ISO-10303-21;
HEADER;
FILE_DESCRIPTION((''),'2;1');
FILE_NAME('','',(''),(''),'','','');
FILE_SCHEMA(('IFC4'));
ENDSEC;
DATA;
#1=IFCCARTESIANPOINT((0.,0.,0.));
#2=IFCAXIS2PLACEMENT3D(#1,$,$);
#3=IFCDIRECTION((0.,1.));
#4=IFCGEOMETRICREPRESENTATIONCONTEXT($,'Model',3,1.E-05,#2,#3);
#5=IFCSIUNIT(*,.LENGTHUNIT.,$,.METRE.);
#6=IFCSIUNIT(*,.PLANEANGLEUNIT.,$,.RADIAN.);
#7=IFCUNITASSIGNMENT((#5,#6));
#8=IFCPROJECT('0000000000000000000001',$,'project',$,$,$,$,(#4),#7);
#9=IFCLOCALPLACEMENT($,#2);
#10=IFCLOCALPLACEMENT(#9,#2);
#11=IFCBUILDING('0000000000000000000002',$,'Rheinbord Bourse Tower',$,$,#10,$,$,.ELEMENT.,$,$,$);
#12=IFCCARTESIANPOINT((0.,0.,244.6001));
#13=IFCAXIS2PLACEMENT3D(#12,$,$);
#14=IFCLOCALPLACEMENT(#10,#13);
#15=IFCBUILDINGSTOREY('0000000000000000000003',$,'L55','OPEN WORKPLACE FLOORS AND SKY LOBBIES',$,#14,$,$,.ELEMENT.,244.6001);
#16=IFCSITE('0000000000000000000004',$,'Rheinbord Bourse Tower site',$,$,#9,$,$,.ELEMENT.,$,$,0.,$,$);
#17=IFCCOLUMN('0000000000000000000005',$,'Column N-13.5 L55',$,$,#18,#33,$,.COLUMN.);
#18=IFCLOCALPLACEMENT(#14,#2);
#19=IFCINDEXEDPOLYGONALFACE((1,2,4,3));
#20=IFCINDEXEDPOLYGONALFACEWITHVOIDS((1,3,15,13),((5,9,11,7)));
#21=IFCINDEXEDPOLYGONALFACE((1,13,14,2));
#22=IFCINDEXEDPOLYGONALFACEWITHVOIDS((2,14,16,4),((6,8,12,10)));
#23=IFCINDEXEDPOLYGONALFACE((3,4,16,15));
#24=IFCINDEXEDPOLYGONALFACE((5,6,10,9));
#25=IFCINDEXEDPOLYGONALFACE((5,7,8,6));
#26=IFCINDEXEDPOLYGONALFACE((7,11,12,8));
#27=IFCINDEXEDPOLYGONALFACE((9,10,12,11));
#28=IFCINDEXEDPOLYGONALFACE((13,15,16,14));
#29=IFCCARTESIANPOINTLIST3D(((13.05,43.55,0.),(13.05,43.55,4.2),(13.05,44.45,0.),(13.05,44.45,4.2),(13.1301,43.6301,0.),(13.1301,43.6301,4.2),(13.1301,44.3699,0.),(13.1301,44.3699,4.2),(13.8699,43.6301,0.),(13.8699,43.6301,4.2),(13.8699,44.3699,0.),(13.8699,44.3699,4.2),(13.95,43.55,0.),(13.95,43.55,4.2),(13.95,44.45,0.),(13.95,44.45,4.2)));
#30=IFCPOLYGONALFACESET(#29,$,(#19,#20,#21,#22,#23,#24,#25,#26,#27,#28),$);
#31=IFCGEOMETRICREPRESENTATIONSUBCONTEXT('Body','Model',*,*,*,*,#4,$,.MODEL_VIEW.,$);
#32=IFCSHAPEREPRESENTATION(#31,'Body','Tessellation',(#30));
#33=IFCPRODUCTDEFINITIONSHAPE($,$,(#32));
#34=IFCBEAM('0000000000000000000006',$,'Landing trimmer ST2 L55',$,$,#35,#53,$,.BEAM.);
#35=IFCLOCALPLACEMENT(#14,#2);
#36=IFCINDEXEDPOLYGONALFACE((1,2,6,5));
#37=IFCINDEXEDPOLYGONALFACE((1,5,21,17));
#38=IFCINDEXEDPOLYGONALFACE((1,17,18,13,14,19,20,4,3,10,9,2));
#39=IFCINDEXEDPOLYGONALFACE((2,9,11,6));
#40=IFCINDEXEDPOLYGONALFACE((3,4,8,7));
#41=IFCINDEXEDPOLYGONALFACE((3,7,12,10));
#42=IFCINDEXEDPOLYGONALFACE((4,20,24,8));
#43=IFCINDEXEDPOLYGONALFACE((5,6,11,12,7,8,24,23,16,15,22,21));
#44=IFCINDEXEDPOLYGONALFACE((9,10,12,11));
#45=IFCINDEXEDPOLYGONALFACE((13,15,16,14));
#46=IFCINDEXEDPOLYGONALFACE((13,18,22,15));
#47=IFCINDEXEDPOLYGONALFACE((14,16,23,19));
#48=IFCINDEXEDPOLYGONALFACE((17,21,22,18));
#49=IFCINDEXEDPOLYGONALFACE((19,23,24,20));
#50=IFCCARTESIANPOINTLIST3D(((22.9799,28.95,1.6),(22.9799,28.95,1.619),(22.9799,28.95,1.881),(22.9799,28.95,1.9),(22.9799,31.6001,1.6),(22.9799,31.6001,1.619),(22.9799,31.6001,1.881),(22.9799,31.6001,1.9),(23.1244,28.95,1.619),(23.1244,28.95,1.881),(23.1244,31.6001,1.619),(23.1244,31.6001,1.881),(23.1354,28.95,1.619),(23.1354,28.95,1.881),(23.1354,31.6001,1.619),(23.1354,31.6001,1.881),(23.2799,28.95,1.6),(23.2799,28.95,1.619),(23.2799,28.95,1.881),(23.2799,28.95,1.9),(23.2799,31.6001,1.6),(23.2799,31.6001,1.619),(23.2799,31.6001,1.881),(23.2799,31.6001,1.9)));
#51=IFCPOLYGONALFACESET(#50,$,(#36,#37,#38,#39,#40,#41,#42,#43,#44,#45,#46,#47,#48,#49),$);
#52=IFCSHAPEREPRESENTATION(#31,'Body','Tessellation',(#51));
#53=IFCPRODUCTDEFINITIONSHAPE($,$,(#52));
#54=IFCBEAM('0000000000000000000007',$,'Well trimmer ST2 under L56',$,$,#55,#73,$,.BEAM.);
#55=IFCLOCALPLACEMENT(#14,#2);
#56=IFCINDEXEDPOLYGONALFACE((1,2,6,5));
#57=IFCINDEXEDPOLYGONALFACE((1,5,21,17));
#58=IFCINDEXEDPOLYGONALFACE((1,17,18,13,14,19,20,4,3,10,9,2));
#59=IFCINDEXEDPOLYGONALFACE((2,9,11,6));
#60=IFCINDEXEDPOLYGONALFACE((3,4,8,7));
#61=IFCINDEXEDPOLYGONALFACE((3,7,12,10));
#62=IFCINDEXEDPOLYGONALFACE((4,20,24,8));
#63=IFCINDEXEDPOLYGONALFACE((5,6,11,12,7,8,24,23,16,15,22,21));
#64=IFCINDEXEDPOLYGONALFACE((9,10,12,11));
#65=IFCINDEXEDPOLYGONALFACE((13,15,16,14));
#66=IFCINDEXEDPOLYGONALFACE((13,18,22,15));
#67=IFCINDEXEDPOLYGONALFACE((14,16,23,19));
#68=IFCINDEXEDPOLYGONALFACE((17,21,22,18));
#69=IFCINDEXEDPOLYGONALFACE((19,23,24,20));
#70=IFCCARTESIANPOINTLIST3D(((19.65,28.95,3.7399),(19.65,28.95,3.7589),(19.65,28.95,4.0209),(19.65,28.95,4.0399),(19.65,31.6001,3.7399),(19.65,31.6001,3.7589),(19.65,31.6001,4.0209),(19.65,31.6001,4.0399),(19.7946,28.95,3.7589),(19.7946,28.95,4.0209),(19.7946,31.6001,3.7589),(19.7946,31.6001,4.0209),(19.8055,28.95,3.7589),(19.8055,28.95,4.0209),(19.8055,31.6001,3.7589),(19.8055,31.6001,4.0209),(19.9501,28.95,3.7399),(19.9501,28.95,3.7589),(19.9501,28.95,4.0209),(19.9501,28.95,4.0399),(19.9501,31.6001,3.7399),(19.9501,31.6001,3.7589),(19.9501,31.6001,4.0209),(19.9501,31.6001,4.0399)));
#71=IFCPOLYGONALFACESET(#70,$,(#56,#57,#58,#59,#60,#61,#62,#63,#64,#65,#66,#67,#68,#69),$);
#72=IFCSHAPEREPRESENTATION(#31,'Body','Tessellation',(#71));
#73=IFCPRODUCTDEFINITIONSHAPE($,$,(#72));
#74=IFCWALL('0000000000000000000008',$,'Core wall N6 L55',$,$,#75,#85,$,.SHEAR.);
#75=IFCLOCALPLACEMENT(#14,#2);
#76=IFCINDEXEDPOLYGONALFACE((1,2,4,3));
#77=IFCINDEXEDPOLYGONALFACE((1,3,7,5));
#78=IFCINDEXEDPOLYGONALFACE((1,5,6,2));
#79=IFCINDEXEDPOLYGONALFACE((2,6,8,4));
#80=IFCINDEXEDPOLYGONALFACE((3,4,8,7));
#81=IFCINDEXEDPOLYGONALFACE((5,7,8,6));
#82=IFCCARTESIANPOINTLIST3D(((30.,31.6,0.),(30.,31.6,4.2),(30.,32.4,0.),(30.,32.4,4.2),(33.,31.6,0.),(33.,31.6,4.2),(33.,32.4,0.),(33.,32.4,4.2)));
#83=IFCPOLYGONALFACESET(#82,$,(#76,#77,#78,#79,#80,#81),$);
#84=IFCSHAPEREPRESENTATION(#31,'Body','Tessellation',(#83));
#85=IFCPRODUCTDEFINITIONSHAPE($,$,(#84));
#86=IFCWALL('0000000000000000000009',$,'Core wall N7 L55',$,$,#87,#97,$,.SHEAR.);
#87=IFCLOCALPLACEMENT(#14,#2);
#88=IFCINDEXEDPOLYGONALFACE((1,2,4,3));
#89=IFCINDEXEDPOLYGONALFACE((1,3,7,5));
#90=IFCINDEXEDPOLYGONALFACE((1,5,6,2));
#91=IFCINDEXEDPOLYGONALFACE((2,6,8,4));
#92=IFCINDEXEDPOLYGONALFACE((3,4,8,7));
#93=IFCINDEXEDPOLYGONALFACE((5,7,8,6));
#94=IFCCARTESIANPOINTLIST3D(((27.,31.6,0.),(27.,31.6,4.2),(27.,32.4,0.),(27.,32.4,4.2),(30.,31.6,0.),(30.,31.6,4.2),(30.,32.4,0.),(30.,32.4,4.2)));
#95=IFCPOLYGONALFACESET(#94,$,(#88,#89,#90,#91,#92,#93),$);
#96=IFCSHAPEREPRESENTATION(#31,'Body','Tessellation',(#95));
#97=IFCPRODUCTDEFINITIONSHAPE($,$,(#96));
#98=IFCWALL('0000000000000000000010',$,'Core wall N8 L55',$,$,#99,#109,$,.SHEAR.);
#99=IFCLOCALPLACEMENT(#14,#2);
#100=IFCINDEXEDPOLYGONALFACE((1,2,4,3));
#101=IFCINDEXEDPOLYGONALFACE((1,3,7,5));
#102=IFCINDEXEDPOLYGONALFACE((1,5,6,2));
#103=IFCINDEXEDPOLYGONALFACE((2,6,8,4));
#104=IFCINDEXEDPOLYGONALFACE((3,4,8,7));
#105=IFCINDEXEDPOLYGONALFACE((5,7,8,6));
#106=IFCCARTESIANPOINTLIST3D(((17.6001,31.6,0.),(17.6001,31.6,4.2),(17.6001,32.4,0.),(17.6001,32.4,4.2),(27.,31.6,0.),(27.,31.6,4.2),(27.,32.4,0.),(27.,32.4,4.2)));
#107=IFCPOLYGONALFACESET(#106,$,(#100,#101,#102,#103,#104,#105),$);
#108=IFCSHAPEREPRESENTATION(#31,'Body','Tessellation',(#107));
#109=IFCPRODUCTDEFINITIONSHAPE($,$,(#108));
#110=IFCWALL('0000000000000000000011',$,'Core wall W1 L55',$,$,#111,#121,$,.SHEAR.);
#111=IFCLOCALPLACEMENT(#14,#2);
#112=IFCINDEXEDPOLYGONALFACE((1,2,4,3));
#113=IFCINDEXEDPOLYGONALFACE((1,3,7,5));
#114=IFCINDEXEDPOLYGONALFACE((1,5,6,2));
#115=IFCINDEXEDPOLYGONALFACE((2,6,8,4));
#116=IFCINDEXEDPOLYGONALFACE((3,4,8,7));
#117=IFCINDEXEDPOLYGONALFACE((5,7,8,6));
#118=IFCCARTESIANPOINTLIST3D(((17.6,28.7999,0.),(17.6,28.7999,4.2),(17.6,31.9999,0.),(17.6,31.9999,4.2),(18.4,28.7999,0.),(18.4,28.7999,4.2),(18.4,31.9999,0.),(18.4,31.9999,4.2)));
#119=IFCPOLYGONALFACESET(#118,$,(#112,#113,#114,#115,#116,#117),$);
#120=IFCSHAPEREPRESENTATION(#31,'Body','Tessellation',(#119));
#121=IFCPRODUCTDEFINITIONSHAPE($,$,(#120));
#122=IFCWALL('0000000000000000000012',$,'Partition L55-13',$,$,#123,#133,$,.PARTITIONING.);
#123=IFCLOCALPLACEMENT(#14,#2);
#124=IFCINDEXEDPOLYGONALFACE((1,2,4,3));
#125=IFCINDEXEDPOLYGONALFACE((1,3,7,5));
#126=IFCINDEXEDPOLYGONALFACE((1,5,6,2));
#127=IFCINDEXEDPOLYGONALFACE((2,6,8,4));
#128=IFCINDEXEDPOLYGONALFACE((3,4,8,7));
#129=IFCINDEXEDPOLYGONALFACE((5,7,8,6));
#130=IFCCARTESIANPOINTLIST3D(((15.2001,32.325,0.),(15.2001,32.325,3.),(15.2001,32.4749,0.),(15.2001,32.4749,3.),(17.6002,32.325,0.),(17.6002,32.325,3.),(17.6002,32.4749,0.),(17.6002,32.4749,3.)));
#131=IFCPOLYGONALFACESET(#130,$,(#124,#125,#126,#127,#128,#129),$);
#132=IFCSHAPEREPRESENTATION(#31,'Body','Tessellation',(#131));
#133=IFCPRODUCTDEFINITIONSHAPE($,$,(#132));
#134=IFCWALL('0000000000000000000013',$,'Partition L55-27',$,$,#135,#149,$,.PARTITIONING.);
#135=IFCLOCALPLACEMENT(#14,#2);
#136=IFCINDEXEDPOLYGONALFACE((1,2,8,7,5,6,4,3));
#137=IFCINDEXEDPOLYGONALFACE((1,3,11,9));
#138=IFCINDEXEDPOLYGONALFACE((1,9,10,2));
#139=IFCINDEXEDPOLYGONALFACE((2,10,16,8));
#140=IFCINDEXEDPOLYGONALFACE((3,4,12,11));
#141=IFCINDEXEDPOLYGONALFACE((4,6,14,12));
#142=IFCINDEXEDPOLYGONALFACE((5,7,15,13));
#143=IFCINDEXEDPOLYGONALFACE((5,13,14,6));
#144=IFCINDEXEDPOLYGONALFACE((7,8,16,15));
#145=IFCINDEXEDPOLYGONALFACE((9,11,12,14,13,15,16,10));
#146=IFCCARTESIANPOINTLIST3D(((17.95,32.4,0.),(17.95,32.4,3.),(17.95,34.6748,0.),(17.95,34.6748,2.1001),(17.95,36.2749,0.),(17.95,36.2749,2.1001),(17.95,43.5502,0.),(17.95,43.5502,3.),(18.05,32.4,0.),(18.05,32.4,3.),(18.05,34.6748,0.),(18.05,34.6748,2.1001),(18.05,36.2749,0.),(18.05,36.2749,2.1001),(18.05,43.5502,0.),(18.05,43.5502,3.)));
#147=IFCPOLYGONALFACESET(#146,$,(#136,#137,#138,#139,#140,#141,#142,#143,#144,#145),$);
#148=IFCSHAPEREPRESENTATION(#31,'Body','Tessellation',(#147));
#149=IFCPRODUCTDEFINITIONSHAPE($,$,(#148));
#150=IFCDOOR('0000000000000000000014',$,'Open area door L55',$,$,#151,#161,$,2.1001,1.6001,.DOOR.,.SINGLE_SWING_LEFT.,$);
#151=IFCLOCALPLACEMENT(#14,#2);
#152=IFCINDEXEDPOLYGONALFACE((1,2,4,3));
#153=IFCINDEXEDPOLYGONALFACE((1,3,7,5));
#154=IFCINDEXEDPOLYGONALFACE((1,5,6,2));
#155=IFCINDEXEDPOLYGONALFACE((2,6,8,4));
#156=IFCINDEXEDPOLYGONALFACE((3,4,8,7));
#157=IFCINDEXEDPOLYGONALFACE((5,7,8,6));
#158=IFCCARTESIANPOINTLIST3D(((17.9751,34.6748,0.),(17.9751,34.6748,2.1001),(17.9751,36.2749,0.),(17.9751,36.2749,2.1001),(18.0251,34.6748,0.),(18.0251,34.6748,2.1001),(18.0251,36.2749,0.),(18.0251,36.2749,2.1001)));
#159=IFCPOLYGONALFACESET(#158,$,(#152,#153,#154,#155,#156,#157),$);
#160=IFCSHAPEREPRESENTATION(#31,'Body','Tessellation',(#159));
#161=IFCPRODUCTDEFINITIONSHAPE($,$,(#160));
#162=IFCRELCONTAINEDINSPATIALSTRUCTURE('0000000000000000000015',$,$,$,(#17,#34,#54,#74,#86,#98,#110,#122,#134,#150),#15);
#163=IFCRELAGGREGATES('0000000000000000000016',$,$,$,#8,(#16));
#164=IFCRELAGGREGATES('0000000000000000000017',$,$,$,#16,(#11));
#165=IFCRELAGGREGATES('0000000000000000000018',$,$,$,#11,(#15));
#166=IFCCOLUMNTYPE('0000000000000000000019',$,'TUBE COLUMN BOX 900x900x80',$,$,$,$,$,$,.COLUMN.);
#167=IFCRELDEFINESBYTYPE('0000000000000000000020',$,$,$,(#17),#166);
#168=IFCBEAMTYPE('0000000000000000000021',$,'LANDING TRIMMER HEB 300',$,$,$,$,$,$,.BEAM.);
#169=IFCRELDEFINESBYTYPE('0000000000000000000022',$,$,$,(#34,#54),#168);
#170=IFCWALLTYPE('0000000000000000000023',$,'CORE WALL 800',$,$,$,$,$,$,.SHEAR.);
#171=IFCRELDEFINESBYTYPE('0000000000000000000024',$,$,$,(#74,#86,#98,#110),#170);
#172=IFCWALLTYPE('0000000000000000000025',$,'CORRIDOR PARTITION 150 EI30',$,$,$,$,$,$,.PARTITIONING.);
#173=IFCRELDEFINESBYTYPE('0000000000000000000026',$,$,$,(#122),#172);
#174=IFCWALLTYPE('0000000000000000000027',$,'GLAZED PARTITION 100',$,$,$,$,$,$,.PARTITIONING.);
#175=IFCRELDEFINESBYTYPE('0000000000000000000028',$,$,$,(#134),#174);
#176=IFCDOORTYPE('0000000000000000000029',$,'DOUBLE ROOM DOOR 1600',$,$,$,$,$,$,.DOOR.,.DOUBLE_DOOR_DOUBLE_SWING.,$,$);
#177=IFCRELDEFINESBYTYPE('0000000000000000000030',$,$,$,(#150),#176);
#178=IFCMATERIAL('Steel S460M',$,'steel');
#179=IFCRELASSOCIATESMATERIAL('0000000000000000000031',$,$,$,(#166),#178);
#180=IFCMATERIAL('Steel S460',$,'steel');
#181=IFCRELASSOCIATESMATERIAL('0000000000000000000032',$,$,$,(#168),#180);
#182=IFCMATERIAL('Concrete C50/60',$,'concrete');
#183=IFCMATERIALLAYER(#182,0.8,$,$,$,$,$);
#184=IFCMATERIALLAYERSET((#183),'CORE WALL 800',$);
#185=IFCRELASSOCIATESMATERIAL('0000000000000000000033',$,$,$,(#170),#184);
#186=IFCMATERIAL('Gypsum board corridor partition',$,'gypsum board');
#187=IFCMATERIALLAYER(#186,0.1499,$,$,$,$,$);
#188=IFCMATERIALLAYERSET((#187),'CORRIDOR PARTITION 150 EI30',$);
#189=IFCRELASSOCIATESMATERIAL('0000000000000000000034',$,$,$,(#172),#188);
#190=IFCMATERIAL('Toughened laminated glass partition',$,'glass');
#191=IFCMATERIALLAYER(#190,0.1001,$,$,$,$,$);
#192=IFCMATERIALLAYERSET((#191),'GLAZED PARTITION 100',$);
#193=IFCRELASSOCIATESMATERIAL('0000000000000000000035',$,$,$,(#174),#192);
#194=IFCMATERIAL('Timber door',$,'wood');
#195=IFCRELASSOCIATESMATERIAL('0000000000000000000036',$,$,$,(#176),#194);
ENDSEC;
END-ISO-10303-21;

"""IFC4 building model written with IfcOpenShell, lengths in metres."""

from ifc_helpers import new_model, si_unit, direction, frame, frame_2d, origin, origin_2d, place, context, subcontext, project, spatial, rectangle, hollow_rectangle, i_section, extrude, material, layer, layer_set, material_profile, profile_set, type_object, element, fill, save


model = new_model("IFC4")

# Units and contexts
model_context = context("Model", 3, precision=1e-05, world=origin(), true_north=direction((0.0, 1.0)))
body_context = subcontext(model_context, "Body", "Model", "MODEL_VIEW")
ifc_project = project(units=[si_unit("LENGTHUNIT", "METRE"), si_unit("PLANEANGLEUNIT", "RADIAN")], contexts=[model_context])

# Site, building, storey
site_placement = place(None, origin())
site = spatial("IfcSite", under=ifc_project, at=site_placement, Name="Rheinbord Bourse Tower site", CompositionType="ELEMENT", RefElevation=0.0)
building_placement = place(site_placement, origin())
building = spatial("IfcBuilding", under=site, at=building_placement, Name="Rheinbord Bourse Tower", CompositionType="ELEMENT")
storey_placement = place(building_placement, frame((0.0, 0.0, 244.6001)))
storey = spatial("IfcBuildingStorey", under=building, at=storey_placement, Name="L55", Description="OPEN WORKPLACE FLOORS AND SKY LOBBIES", CompositionType="ELEMENT", Elevation=244.6001)

# Column
ifc_material_1 = material(Name="Steel S460M", Category="steel")
ifc_material_profile_1 = material_profile(ifc_material_1, hollow_rectangle(XDim=0.8999, YDim=0.8999, WallThickness=0.0801, at=origin_2d()), Name="BOX 900x900x80")
ifc_profile_set_1 = profile_set([ifc_material_profile_1], Name="Steel S460M")
column_type = type_object("IfcColumnType", Name="TUBE COLUMN BOX 900x900x80", PredefinedType="COLUMN", material=ifc_profile_set_1)
column_placement = place(storey_placement, frame((13.5, 44.0, 0.0), z_axis=(0.0, 0.0, 1.0), x_axis=(0.0, 1.0, 0.0)))
element("IfcColumn", 1, at=column_placement, inside=storey, type_object=column_type, Name="Column N-13.5 L55", PredefinedType="COLUMN", context=body_context, shape_type="SweptSolid", body=[
    extrude(hollow_rectangle(XDim=0.8999, YDim=0.8999, WallThickness=0.0801, at=origin_2d()), origin(), (0.0, 0.0, 1.0), 4.2),
])

# Beams
ifc_material_2 = material(Name="Steel S460", Category="steel")
ifc_material_profile_2 = material_profile(ifc_material_2, i_section(OverallWidth=0.3, OverallDepth=0.3, WebThickness=0.011, FlangeThickness=0.019, at=origin_2d()), Name="HEB 300")
ifc_profile_set_2 = profile_set([ifc_material_profile_2], Name="Steel S460")
beam_type = type_object("IfcBeamType", Name="LANDING TRIMMER HEB 300", PredefinedType="BEAM", material=ifc_profile_set_2)
for number, where, z_axis, x_axis, name in (
    (2, (23.1299, 28.95, 1.75), (0.0, 1.0, 0.0), (-1.0, 0.0, 0.0), "Landing trimmer ST2 L55"),
    (3, (19.8, 28.95, 3.8899), (0.0, 1.0, 0.0), (-1.0, 0.0, 0.0), "Well trimmer ST2 under L56"),
):
    element("IfcBeam", number, at=place(storey_placement, frame(where, z_axis=z_axis, x_axis=x_axis)), inside=storey, type_object=beam_type, Name=name, PredefinedType="BEAM", context=body_context, shape_type="SweptSolid", body=[
        extrude(i_section(OverallWidth=0.3, OverallDepth=0.3, WebThickness=0.011, FlangeThickness=0.019, at=origin_2d()), origin(), (0.0, 0.0, 1.0), 2.6501),
    ])

# Walls
ifc_material_3 = material(Name="Concrete C50/60", Category="concrete")
ifc_layer_1 = layer(ifc_material_3, 0.8)
ifc_layer_set_1 = layer_set([ifc_layer_1], Name="CORE WALL 800")
wall_type_1 = type_object("IfcWallType", Name="CORE WALL 800", PredefinedType="SHEAR", material=ifc_layer_set_1)
for number, where, z_axis, x_axis, name in (
    (4, (33.0, 32.0, 0.0), (0.0, 0.0, 1.0), (-1.0, 0.0, 0.0), "Core wall N6 L55"),
    (5, (30.0, 32.0, 0.0), (0.0, 0.0, 1.0), (-1.0, 0.0, 0.0), "Core wall N7 L55"),
):
    element("IfcWall", number, at=place(storey_placement, frame(where, z_axis=z_axis, x_axis=x_axis)), inside=storey, type_object=wall_type_1, Name=name, PredefinedType="SHEAR", context=body_context, shape_type="SweptSolid", body=[
        extrude(rectangle(XDim=3.0, YDim=0.8, at=frame_2d((1.5, 0.0))), origin(), (0.0, 0.0, 1.0), 4.2),
    ])
wall_1_placement = place(storey_placement, frame((27.0, 32.0, 0.0), z_axis=(0.0, 0.0, 1.0), x_axis=(-1.0, 0.0, 0.0)))
element("IfcWall", 6, at=wall_1_placement, inside=storey, type_object=wall_type_1, Name="Core wall N8 L55", PredefinedType="SHEAR", context=body_context, shape_type="SweptSolid", body=[
    extrude(rectangle(XDim=9.3999, YDim=0.8, at=frame_2d((4.7, 0.0))), origin(), (0.0, 0.0, 1.0), 4.2),
])
wall_2_placement = place(storey_placement, frame((18.0, 32.0, 0.0), z_axis=(0.0, 0.0, 1.0), x_axis=(0.0, -1.0, 0.0)))
element("IfcWall", 7, at=wall_2_placement, inside=storey, type_object=wall_type_1, Name="Core wall W1 L55", PredefinedType="SHEAR", context=body_context, shape_type="SweptSolid", body=[
    extrude(rectangle(XDim=3.2, YDim=0.8, at=frame_2d((1.6001, 0.0))), origin(), (0.0, 0.0, 1.0), 4.2),
])
ifc_material_4 = material(Name="Gypsum board corridor partition", Category="gypsum board")
ifc_layer_2 = layer(ifc_material_4, 0.1499)
ifc_layer_set_2 = layer_set([ifc_layer_2], Name="CORRIDOR PARTITION 150 EI30")
wall_type_2 = type_object("IfcWallType", Name="CORRIDOR PARTITION 150 EI30", PredefinedType="PARTITIONING", material=ifc_layer_set_2)
wall_3_placement = place(storey_placement, frame((15.2, 32.3999, 0.0), z_axis=(0.0, 0.0, 1.0), x_axis=(1.0, 0.0, 0.0)))
element("IfcWall", 8, at=wall_3_placement, inside=storey, type_object=wall_type_2, Name="Partition L55-13", PredefinedType="PARTITIONING", context=body_context, shape_type="SweptSolid", body=[
    extrude(rectangle(XDim=2.4001, YDim=0.1499, at=frame_2d((1.2002, 0.0))), origin(), (0.0, 0.0, 1.0), 3.0),
])

# Wall, opening, door
ifc_material_5 = material(Name="Toughened laminated glass partition", Category="glass")
ifc_layer_3 = layer(ifc_material_5, 0.1001)
ifc_layer_set_3 = layer_set([ifc_layer_3], Name="GLAZED PARTITION 100")
wall_type_3 = type_object("IfcWallType", Name="GLAZED PARTITION 100", PredefinedType="PARTITIONING", material=ifc_layer_set_3)
wall_4_placement = place(storey_placement, frame((18.0, 32.3999, 0.0), z_axis=(0.0, 0.0, 1.0), x_axis=(0.0, 1.0, 0.0)))
wall_4 = element("IfcWall", 9, at=wall_4_placement, inside=storey, type_object=wall_type_3, Name="Partition L55-27", PredefinedType="PARTITIONING", context=body_context, shape_type="SweptSolid", body=[
    extrude(rectangle(XDim=11.1501, YDim=0.1001, at=frame_2d((5.5752, 0.0))), origin(), (0.0, 0.0, 1.0), 3.0),
])
opening_1_placement = place(wall_4_placement, frame((2.2749, 0.0, 0.0)))
opening_1 = element("IfcOpeningElement", 10, at=opening_1_placement, cuts=wall_4, PredefinedType="OPENING", context=body_context, shape_type="SweptSolid", body=[
    extrude(rectangle(XDim=1.6001, YDim=2.1001, at=frame_2d((0.8, 1.05))), frame((0.0, 0.0601, 0.0), z_axis=(0.0, -1.0, 0.0), x_axis=(1.0, 0.0, 0.0)), (0.0, 0.0, 1.0), 0.1201),
])
ifc_material_6 = material(Name="Timber door", Category="wood")
door_type_1 = type_object("IfcDoorType", Name="DOUBLE ROOM DOOR 1600", OperationType="DOUBLE_DOOR_DOUBLE_SWING", PredefinedType="DOOR", material=ifc_material_6)
door_1_placement = place(opening_1_placement, origin())
door_1 = element("IfcDoor", 11, at=door_1_placement, inside=storey, type_object=door_type_1, Name="Open area door L55", OperationType="SINGLE_SWING_LEFT", OverallHeight=2.1001, OverallWidth=1.6001, PredefinedType="DOOR", context=body_context, shape_type="SweptSolid", body=[
    extrude(rectangle(XDim=1.6001, YDim=2.1001, at=frame_2d((0.8, 1.05))), frame((0.0, 0.0249, 0.0), z_axis=(0.0, -1.0, 0.0), x_axis=(1.0, 0.0, 0.0)), (0.0, 0.0, 1.0), 0.05),
])
fill(opening_1, door_1)

save(model, "model.ifc")
